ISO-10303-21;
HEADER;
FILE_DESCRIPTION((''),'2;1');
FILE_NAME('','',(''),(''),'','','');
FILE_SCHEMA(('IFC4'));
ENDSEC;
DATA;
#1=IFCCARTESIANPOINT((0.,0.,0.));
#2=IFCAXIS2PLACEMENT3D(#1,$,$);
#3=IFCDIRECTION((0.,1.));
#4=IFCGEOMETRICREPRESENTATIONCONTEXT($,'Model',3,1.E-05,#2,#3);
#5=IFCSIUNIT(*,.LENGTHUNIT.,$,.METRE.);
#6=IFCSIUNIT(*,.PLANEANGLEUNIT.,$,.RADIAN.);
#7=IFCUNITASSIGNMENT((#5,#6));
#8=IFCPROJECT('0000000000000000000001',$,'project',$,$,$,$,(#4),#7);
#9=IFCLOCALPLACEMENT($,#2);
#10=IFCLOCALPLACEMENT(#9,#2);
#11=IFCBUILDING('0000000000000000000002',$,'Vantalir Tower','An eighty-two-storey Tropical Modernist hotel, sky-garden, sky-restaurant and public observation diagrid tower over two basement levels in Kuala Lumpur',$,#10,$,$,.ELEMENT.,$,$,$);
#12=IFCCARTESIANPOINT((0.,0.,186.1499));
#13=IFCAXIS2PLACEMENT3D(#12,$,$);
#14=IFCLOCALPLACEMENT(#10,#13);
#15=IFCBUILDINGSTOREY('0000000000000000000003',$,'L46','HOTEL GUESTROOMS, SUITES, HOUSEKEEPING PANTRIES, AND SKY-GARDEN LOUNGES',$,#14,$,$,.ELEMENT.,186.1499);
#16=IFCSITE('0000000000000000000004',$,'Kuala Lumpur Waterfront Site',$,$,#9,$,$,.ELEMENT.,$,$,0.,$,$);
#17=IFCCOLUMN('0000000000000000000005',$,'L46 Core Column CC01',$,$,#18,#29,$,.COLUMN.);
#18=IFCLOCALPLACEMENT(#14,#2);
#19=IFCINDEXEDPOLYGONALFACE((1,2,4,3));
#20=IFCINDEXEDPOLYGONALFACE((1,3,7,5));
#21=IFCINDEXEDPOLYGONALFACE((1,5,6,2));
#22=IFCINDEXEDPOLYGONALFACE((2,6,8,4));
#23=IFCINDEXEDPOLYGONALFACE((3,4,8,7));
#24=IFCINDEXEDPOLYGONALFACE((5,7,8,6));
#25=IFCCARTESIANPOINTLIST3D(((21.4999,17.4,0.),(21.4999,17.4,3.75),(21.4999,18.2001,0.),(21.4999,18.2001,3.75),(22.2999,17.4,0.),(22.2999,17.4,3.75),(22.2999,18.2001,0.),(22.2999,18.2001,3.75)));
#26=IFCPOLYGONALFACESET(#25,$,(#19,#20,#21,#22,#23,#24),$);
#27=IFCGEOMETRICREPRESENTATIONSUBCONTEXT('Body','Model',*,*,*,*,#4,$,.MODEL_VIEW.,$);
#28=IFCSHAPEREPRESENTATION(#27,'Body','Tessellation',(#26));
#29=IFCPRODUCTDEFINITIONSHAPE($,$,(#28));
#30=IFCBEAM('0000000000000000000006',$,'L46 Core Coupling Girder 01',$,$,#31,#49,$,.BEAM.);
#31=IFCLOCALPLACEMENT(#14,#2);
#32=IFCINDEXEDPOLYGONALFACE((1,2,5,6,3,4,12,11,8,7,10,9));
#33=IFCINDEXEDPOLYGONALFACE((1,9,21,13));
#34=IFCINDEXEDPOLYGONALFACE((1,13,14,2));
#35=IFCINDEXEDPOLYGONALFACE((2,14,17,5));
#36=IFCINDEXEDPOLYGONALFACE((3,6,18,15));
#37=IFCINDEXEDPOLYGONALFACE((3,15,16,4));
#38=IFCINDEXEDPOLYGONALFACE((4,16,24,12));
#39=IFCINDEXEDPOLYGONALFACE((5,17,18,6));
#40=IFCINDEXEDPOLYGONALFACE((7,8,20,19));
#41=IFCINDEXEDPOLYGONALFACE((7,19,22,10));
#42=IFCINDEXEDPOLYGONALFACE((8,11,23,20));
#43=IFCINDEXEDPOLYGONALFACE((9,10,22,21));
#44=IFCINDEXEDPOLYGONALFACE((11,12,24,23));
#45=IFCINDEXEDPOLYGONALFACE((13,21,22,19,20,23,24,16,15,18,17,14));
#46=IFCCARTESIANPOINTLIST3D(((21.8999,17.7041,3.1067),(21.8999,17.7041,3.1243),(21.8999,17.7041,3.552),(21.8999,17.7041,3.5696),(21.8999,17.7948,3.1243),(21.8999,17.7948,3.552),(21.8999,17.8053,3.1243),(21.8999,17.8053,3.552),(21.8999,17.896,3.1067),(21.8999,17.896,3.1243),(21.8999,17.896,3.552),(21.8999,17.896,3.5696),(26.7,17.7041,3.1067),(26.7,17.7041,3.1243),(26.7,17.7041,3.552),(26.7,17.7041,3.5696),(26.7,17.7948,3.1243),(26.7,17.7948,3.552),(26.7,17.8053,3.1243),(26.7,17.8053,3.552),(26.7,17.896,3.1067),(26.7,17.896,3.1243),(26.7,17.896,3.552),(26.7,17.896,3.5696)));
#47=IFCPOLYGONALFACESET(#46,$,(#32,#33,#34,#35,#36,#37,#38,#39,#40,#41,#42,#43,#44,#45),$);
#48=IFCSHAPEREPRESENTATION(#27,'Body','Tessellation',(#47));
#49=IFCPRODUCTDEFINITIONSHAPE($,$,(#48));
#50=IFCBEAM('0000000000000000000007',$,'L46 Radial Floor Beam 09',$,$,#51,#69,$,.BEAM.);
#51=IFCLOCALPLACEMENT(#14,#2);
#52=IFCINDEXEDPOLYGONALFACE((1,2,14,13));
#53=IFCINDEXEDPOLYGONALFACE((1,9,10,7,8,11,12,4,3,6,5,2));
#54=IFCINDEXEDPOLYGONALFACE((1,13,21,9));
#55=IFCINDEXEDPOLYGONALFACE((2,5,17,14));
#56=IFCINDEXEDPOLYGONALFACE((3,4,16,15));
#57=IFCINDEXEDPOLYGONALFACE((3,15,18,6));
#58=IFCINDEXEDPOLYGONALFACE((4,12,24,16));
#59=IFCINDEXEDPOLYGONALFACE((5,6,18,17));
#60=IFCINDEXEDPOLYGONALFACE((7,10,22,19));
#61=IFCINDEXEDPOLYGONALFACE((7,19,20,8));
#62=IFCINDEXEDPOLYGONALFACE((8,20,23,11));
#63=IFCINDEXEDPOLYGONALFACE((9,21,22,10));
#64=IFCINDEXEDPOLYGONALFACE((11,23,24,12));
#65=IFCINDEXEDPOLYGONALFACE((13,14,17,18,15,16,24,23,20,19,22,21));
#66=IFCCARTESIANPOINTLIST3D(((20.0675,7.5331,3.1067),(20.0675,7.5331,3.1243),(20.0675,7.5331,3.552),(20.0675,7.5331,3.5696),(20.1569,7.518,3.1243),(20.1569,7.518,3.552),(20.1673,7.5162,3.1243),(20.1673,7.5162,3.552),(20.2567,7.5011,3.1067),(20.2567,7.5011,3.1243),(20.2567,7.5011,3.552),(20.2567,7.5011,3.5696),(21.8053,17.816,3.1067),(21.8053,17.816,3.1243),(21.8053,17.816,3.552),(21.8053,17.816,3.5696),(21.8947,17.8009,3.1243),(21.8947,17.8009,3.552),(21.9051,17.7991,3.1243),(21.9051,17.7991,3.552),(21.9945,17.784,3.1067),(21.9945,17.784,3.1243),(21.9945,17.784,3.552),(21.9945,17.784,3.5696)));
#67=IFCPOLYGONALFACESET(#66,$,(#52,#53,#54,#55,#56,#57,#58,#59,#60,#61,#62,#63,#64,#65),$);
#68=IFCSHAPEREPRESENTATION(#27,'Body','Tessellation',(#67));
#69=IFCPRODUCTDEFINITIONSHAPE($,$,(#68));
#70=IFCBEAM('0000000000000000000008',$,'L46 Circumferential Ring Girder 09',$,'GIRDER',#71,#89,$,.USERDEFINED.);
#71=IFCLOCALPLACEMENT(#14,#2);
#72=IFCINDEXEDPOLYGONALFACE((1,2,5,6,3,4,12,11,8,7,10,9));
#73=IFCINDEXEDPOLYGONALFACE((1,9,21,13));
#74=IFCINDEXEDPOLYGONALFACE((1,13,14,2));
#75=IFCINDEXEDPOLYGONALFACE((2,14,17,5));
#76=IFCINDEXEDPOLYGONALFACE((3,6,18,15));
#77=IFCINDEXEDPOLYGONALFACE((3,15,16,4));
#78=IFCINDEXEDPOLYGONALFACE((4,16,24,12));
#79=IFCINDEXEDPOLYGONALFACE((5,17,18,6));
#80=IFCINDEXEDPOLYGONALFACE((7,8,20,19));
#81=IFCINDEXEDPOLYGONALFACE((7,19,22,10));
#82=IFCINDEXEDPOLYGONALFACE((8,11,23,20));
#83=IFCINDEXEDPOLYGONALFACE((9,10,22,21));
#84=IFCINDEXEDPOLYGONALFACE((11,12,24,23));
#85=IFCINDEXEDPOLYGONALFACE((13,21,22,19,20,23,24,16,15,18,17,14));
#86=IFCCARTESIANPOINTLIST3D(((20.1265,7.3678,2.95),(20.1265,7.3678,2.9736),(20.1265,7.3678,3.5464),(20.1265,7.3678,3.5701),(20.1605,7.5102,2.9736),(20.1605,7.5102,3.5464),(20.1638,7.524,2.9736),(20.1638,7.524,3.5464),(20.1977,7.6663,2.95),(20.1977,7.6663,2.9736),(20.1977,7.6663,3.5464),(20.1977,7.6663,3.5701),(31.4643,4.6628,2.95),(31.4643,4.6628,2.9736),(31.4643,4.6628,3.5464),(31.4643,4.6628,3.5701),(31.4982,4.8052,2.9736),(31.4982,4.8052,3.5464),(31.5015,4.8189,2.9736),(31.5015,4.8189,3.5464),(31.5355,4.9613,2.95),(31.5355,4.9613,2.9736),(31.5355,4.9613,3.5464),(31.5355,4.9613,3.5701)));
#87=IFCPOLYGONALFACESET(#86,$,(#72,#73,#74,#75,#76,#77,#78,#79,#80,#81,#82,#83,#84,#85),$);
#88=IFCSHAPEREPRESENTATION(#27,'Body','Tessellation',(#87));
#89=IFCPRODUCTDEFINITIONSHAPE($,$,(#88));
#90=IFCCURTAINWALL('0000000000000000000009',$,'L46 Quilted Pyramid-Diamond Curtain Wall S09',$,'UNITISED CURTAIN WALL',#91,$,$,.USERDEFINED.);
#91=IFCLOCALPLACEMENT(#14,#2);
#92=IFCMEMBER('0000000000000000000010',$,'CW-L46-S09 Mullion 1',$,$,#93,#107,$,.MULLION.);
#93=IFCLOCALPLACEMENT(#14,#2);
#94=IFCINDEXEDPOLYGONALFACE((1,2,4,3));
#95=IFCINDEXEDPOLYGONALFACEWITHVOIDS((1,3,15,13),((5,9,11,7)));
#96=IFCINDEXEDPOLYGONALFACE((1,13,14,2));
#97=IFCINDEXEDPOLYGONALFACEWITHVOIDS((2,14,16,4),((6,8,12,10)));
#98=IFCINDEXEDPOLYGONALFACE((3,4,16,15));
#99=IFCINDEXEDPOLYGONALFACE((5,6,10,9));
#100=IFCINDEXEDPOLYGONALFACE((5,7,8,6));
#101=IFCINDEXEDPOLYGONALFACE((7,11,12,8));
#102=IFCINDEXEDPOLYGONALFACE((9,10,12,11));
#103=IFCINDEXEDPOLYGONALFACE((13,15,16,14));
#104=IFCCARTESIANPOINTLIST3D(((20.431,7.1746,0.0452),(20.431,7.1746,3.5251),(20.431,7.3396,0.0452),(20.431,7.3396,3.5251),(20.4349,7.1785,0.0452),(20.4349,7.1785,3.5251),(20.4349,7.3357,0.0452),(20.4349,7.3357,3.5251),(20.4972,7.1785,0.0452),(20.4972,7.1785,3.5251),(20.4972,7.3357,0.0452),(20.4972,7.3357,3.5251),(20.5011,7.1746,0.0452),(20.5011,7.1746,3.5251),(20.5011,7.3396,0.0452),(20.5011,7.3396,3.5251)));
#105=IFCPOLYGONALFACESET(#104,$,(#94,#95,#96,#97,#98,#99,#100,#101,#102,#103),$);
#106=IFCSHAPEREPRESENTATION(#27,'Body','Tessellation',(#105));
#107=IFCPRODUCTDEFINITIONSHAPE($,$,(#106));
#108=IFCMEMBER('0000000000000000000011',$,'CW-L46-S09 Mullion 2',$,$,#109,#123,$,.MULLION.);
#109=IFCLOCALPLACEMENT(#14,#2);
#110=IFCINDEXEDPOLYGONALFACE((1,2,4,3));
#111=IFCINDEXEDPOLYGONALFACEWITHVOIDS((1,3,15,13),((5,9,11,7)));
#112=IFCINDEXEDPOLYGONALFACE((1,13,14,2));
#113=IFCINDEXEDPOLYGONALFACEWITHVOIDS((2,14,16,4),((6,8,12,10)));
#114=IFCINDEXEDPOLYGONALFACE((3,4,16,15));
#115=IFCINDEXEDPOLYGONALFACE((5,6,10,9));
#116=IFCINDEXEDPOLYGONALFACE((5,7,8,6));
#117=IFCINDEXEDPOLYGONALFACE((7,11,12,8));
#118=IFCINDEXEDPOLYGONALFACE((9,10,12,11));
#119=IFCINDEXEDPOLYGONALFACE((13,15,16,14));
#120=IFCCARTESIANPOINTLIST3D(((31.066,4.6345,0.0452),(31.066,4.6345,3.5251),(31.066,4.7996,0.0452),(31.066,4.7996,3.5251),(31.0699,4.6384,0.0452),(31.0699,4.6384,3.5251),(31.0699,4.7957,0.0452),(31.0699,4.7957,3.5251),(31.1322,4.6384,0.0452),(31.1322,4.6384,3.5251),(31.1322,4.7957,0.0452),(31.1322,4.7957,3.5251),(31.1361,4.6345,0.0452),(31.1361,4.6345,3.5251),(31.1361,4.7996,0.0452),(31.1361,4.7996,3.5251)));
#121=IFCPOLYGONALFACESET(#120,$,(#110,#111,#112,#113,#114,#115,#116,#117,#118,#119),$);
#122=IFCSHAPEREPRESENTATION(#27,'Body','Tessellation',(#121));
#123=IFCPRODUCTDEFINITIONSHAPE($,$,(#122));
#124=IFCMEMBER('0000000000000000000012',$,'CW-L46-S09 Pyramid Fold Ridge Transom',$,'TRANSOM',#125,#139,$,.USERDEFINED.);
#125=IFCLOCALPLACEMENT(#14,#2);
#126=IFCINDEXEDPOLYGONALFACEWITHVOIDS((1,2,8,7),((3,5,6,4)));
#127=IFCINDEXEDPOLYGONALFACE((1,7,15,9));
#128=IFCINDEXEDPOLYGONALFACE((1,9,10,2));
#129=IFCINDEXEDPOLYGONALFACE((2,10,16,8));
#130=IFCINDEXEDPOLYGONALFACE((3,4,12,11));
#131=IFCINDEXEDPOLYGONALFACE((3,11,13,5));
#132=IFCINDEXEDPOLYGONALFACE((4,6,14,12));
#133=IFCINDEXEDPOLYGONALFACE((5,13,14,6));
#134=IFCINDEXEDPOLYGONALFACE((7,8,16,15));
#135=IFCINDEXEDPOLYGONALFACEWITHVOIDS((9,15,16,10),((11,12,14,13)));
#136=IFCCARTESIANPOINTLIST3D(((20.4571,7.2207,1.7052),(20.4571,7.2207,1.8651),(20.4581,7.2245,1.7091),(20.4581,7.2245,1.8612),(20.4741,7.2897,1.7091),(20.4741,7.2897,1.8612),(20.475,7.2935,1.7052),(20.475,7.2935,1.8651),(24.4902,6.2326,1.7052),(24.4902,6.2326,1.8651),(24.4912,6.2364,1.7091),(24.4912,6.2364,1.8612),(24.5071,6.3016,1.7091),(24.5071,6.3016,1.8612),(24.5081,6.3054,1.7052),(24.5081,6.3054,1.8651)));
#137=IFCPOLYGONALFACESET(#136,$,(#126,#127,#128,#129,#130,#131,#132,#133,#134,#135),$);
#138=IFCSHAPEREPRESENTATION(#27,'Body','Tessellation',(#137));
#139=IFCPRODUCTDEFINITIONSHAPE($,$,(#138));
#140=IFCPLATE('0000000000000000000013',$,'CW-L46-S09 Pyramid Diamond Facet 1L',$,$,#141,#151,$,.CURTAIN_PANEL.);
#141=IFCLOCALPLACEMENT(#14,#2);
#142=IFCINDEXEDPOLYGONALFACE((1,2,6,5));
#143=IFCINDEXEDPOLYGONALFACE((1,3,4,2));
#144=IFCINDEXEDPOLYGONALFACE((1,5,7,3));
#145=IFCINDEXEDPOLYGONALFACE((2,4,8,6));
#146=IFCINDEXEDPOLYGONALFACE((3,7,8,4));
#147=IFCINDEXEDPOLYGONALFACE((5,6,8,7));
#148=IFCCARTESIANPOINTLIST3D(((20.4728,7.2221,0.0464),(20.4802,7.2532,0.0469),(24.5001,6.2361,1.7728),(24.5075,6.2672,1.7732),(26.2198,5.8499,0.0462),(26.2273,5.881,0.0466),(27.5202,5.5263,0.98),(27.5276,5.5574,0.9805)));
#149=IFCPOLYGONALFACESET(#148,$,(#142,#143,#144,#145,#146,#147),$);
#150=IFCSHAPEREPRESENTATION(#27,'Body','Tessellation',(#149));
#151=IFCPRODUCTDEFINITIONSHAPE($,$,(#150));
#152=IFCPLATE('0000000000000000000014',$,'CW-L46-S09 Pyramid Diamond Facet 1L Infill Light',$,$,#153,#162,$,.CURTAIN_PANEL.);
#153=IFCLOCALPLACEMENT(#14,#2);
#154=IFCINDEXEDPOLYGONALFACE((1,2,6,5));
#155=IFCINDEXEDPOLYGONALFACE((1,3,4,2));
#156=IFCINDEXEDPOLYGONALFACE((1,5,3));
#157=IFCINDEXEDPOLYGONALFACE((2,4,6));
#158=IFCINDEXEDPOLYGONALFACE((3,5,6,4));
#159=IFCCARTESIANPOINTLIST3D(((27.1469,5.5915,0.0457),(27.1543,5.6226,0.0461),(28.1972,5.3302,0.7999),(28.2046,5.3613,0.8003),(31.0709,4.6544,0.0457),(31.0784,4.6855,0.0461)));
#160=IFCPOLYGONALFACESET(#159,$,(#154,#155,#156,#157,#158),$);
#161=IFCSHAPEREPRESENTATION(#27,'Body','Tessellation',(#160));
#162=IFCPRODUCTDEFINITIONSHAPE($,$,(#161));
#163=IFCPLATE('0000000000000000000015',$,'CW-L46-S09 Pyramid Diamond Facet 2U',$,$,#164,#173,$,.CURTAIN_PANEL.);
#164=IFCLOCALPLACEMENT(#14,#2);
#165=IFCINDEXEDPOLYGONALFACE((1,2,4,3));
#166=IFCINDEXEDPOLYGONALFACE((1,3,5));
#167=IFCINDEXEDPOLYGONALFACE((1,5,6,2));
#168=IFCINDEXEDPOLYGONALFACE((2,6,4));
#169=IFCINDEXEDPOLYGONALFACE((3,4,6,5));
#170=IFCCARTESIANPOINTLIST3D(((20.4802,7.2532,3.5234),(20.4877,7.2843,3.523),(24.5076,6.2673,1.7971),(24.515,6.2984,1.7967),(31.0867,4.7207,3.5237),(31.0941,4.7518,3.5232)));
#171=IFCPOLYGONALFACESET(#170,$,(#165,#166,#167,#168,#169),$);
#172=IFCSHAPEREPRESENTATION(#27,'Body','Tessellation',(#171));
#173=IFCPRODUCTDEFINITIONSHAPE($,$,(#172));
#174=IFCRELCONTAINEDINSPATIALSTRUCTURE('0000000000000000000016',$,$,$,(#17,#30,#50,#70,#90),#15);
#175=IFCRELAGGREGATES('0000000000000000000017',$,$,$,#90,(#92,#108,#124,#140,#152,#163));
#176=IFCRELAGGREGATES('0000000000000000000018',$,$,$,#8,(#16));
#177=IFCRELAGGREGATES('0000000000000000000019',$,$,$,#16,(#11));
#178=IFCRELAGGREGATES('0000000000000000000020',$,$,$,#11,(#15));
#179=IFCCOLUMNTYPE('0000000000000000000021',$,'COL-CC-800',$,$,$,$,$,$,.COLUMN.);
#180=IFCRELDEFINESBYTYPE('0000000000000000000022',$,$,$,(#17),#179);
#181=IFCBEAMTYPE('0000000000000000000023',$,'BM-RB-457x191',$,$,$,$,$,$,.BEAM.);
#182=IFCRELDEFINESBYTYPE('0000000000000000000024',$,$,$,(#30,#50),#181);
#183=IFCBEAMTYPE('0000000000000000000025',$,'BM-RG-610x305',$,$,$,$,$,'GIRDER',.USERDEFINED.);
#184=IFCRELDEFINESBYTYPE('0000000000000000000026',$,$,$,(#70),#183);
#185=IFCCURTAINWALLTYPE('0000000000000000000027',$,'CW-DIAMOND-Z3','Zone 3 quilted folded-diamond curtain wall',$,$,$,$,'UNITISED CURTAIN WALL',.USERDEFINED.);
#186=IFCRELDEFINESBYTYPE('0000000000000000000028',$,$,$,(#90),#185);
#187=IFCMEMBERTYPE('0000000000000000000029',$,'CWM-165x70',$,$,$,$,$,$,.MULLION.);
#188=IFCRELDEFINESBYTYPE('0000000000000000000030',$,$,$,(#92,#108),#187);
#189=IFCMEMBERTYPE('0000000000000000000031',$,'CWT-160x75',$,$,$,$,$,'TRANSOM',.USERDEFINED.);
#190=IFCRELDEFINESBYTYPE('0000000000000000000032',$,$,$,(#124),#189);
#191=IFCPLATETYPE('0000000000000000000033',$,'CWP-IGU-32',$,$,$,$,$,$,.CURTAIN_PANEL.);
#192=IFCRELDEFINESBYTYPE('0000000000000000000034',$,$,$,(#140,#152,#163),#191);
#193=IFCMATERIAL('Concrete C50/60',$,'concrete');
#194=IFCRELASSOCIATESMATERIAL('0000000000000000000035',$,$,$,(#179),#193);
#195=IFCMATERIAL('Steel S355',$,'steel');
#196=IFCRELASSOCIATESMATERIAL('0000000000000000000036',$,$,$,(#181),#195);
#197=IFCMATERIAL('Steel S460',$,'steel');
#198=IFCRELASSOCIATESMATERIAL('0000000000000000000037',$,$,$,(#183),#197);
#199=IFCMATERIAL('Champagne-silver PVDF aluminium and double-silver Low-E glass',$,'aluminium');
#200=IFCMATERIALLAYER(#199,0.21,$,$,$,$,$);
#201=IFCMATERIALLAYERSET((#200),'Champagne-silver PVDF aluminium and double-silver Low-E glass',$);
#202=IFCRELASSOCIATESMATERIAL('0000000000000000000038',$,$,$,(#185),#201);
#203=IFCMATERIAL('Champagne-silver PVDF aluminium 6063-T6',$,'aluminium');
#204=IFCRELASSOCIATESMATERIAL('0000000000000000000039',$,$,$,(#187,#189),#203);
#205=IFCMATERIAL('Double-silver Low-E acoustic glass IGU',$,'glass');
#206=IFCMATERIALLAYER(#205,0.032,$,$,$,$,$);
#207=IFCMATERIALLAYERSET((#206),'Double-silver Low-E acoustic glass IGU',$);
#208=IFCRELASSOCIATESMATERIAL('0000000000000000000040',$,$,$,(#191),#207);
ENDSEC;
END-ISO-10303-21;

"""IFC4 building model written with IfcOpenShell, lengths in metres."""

from ifc_helpers import new_model, si_unit, direction, frame, origin, origin_2d, place, context, subcontext, project, spatial, polyline, rectangle, hollow_rectangle, i_section, outline, extrude, material, layer, layer_set, material_profile, profile_set, type_object, element, aggregate, save


model = new_model("IFC4")

# Units and contexts
model_context = context("Model", 3, precision=1e-05, world=origin(), true_north=direction((0.0, 1.0)))
body_context = subcontext(model_context, "Body", "Model", "MODEL_VIEW")
ifc_project = project(units=[si_unit("LENGTHUNIT", "METRE"), si_unit("PLANEANGLEUNIT", "RADIAN")], contexts=[model_context])

# Site, building, storey
site_placement = place(None, origin())
site = spatial("IfcSite", under=ifc_project, at=site_placement, Name="Kuala Lumpur Waterfront Site", CompositionType="ELEMENT", RefElevation=0.0)
building_placement = place(site_placement, origin())
building = spatial("IfcBuilding", under=site, at=building_placement, Name="Vantalir Tower", Description="An eighty-two-storey Tropical Modernist hotel, sky-garden, sky-restaurant and public observation diagrid tower over two basement levels in Kuala Lumpur", CompositionType="ELEMENT")
storey_placement = place(building_placement, frame((0.0, 0.0, 186.1499)))
storey = spatial("IfcBuildingStorey", under=building, at=storey_placement, Name="L46", Description="HOTEL GUESTROOMS, SUITES, HOUSEKEEPING PANTRIES, AND SKY-GARDEN LOUNGES", CompositionType="ELEMENT", Elevation=186.1499)

# Column
ifc_material_1 = material(Name="Concrete C50/60", Category="concrete")
ifc_material_profile_1 = material_profile(ifc_material_1, rectangle(XDim=0.8, YDim=0.8, at=origin_2d()), Name="Concrete C50/60")
ifc_profile_set_1 = profile_set([ifc_material_profile_1], Name="Concrete C50/60")
column_type = type_object("IfcColumnType", Name="COL-CC-800", PredefinedType="COLUMN", material=ifc_profile_set_1)
column_placement = place(storey_placement, frame((21.8999, 17.8, 0.0), z_axis=(0.0, 0.0, 1.0), x_axis=(1.0, 0.0, 0.0)))
element("IfcColumn", 1, at=column_placement, inside=storey, type_object=column_type, Name="L46 Core Column CC01", PredefinedType="COLUMN", context=body_context, shape_type="SweptSolid", body=[
    extrude(rectangle(XDim=0.8, YDim=0.8, at=origin_2d()), origin(), (0.0, 0.0, 1.0), 3.75),
])

# Beams
ifc_material_2 = material(Name="Steel S355", Category="steel")
ifc_material_profile_2 = material_profile(ifc_material_2, i_section(OverallWidth=0.1919, OverallDepth=0.4629, WebThickness=0.0105, FlangeThickness=0.0176, at=origin_2d()), Name="Steel S355")
ifc_profile_set_2 = profile_set([ifc_material_profile_2], Name="Steel S355")
beam_type_1 = type_object("IfcBeamType", Name="BM-RB-457x191", PredefinedType="BEAM", material=ifc_profile_set_2)
beam_1_placement = place(storey_placement, frame((21.8999, 17.8, 3.3381), z_axis=(1.0, 0.0, 0.0), x_axis=(0.0, 1.0, 0.0)))
element("IfcBeam", 2, at=beam_1_placement, inside=storey, type_object=beam_type_1, Name="L46 Core Coupling Girder 01", PredefinedType="BEAM", context=body_context, shape_type="SweptSolid", body=[
    extrude(i_section(OverallWidth=0.1919, OverallDepth=0.4629, WebThickness=0.0105, FlangeThickness=0.0176, at=origin_2d()), origin(), (0.0, 0.0, 1.0), 4.8),
])
beam_2_placement = place(storey_placement, frame((20.1621, 7.5171, 3.3381), z_axis=(0.166635, 0.986019, 0.0), x_axis=(-0.986019, 0.166635, 0.0)))
element("IfcBeam", 3, at=beam_2_placement, inside=storey, type_object=beam_type_1, Name="L46 Radial Floor Beam 09", PredefinedType="BEAM", context=body_context, shape_type="SweptSolid", body=[
    extrude(i_section(OverallWidth=0.1919, OverallDepth=0.4629, WebThickness=0.0105, FlangeThickness=0.0176, at=origin_2d()), origin(), (0.0, 0.0, 1.0), 10.4287),
])
ifc_material_3 = material(Name="Steel S460", Category="steel")
ifc_material_profile_3 = material_profile(ifc_material_3, i_section(OverallWidth=0.3069, OverallDepth=0.6201, WebThickness=0.0142, FlangeThickness=0.0237, at=origin_2d()), Name="Steel S460")
ifc_profile_set_3 = profile_set([ifc_material_profile_3], Name="Steel S460")
beam_type_2 = type_object("IfcBeamType", Name="BM-RG-610x305", ElementType="GIRDER", PredefinedType="USERDEFINED", material=ifc_profile_set_3)
beam_3_placement = place(storey_placement, frame((20.1621, 7.5171, 3.26), z_axis=(0.972698, -0.232074, 0.0), x_axis=(0.232074, 0.972698, 0.0)))
element("IfcBeam", 4, at=beam_3_placement, inside=storey, type_object=beam_type_2, Name="L46 Circumferential Ring Girder 09", ObjectType="GIRDER", PredefinedType="USERDEFINED", context=body_context, shape_type="SweptSolid", body=[
    extrude(i_section(OverallWidth=0.3069, OverallDepth=0.6201, WebThickness=0.0142, FlangeThickness=0.0237, at=origin_2d()), origin(), (0.0, 0.0, 1.0), 11.656),
])

# Curtain wall, members, plates
ifc_material_4 = material(Name="Champagne-silver PVDF aluminium and double-silver Low-E glass", Category="aluminium")
ifc_layer_1 = layer(ifc_material_4, 0.21)
ifc_layer_set_1 = layer_set([ifc_layer_1], Name="Champagne-silver PVDF aluminium and double-silver Low-E glass")
curtain_wall_type = type_object("IfcCurtainWallType", Name="CW-DIAMOND-Z3", Description="Zone 3 quilted folded-diamond curtain wall", ElementType="UNITISED CURTAIN WALL", PredefinedType="USERDEFINED", material=ifc_layer_set_1)
curtain_wall_placement = place(storey_placement, origin())
curtain_wall = element("IfcCurtainWall", 5, at=curtain_wall_placement, inside=storey, type_object=curtain_wall_type, Name="L46 Quilted Pyramid-Diamond Curtain Wall S09", ObjectType="UNITISED CURTAIN WALL", PredefinedType="USERDEFINED")
ifc_material_5 = material(Name="Champagne-silver PVDF aluminium 6063-T6", Category="aluminium")
ifc_material_profile_4 = material_profile(ifc_material_5, hollow_rectangle(XDim=0.0701, YDim=0.165, WallThickness=0.0039, at=origin_2d()), Name="Champagne-silver PVDF aluminium 6063-T6")
ifc_profile_set_4 = profile_set([ifc_material_profile_4], Name="Champagne-silver PVDF aluminium 6063-T6")
member_type_1 = type_object("IfcMemberType", Name="CWM-165x70", PredefinedType="MULLION", material=ifc_profile_set_4)
member_1_placement = place(storey_placement, frame((20.4661, 7.2571, 0.0452), z_axis=(0.0, 0.0, 1.0), x_axis=(1.0, 0.0, 0.0)))
member_1 = element("IfcMember", 6, at=member_1_placement, type_object=member_type_1, Name="CW-L46-S09 Mullion 1", PredefinedType="MULLION", context=body_context, shape_type="SweptSolid", body=[
    extrude(hollow_rectangle(XDim=0.0701, YDim=0.165, WallThickness=0.0039, at=origin_2d()), origin(), (0.0, 0.0, 1.0), 3.48),
])
member_2_placement = place(storey_placement, frame((31.1011, 4.717, 0.0452), z_axis=(0.0, 0.0, 1.0), x_axis=(1.0, 0.0, 0.0)))
member_2 = element("IfcMember", 7, at=member_2_placement, type_object=member_type_1, Name="CW-L46-S09 Mullion 2", PredefinedType="MULLION", context=body_context, shape_type="SweptSolid", body=[
    extrude(hollow_rectangle(XDim=0.0701, YDim=0.165, WallThickness=0.0039, at=origin_2d()), origin(), (0.0, 0.0, 1.0), 3.48),
])
ifc_material_profile_5 = material_profile(ifc_material_5, hollow_rectangle(XDim=0.075, YDim=0.1599, WallThickness=0.0039, at=origin_2d()), Name="Champagne-silver PVDF aluminium 6063-T6")
ifc_profile_set_5 = profile_set([ifc_material_profile_5], Name="Champagne-silver PVDF aluminium 6063-T6")
member_type_2 = type_object("IfcMemberType", Name="CWT-160x75", ElementType="TRANSOM", PredefinedType="USERDEFINED", material=ifc_profile_set_5)
member_3_placement = place(storey_placement, frame((20.4661, 7.2571, 1.7852), z_axis=(0.971277, -0.237954, 0.0), x_axis=(0.237954, 0.971277, 0.0)))
member_3 = element("IfcMember", 8, at=member_3_placement, type_object=member_type_2, Name="CW-L46-S09 Pyramid Fold Ridge Transom", ObjectType="TRANSOM", PredefinedType="USERDEFINED", context=body_context, shape_type="SweptSolid", body=[
    extrude(hollow_rectangle(XDim=0.075, YDim=0.1599, WallThickness=0.0039, at=origin_2d()), origin(), (0.0, 0.0, 1.0), 4.1523),
])
ifc_material_6 = material(Name="Double-silver Low-E acoustic glass IGU", Category="glass")
ifc_layer_2 = layer(ifc_material_6, 0.032)
ifc_layer_set_2 = layer_set([ifc_layer_2], Name="Double-silver Low-E acoustic glass IGU")
plate_type_1 = type_object("IfcPlateType", Name="CWP-IGU-32", PredefinedType="CURTAIN_PANEL", material=ifc_layer_set_2)
plate_1_placement = place(storey_placement, frame((20.4802, 7.2532, 0.0469), z_axis=(0.23221, 0.972569, 0.013728), x_axis=(0.972661, -0.232231, -0.000042)))
plate_1 = element("IfcPlate", 9, at=plate_1_placement, type_object=plate_type_1, Name="CW-L46-S09 Pyramid Diamond Facet 1L", PredefinedType="CURTAIN_PANEL", context=body_context, shape_type="SweptSolid", body=[
    extrude(outline(polyline([(0.0, 0.0), (5.9086, 0.0), (7.2485, -0.934), (4.1461, -1.7267), (0.0, 0.0)])), origin(), (0.0, 0.0, -1.0), 0.032),
])
plate_2_placement = place(storey_placement, frame((27.1543, 5.6226, 0.0461), z_axis=(0.232235, 0.972567, 0.013458), x_axis=(0.972655, -0.232256, 0.0)))
plate_2 = element("IfcPlate", 10, at=plate_2_placement, type_object=plate_type_1, Name="CW-L46-S09 Pyramid Diamond Facet 1L Infill Light", PredefinedType="CURTAIN_PANEL", context=body_context, shape_type="SweptSolid", body=[
    extrude(outline(polyline([(0.0, 0.0), (4.0344, 0.0), (1.0822, -0.7542), (0.0, 0.0)])), origin(), (0.0, 0.0, -1.0), 0.032),
])
plate_3_placement = place(storey_placement, frame((31.0867, 4.7207, 3.5237), z_axis=(-0.232218, -0.972568, 0.013657), x_axis=(-0.972659, 0.232239, -0.000022)))
plate_3 = element("IfcPlate", 11, at=plate_3_placement, type_object=plate_type_1, Name="CW-L46-S09 Pyramid Diamond Facet 2U", PredefinedType="CURTAIN_PANEL", context=body_context, shape_type="SweptSolid", body=[
    extrude(outline(polyline([(0.0, 0.0), (10.9046, 0.0), (6.7584, 1.7266), (0.0, 0.0)])), origin(), (0.0, 0.0, -1.0), 0.032),
])
aggregate(curtain_wall, [member_1, member_2, member_3, plate_1, plate_2, plate_3])

save(model, "model.ifc")
